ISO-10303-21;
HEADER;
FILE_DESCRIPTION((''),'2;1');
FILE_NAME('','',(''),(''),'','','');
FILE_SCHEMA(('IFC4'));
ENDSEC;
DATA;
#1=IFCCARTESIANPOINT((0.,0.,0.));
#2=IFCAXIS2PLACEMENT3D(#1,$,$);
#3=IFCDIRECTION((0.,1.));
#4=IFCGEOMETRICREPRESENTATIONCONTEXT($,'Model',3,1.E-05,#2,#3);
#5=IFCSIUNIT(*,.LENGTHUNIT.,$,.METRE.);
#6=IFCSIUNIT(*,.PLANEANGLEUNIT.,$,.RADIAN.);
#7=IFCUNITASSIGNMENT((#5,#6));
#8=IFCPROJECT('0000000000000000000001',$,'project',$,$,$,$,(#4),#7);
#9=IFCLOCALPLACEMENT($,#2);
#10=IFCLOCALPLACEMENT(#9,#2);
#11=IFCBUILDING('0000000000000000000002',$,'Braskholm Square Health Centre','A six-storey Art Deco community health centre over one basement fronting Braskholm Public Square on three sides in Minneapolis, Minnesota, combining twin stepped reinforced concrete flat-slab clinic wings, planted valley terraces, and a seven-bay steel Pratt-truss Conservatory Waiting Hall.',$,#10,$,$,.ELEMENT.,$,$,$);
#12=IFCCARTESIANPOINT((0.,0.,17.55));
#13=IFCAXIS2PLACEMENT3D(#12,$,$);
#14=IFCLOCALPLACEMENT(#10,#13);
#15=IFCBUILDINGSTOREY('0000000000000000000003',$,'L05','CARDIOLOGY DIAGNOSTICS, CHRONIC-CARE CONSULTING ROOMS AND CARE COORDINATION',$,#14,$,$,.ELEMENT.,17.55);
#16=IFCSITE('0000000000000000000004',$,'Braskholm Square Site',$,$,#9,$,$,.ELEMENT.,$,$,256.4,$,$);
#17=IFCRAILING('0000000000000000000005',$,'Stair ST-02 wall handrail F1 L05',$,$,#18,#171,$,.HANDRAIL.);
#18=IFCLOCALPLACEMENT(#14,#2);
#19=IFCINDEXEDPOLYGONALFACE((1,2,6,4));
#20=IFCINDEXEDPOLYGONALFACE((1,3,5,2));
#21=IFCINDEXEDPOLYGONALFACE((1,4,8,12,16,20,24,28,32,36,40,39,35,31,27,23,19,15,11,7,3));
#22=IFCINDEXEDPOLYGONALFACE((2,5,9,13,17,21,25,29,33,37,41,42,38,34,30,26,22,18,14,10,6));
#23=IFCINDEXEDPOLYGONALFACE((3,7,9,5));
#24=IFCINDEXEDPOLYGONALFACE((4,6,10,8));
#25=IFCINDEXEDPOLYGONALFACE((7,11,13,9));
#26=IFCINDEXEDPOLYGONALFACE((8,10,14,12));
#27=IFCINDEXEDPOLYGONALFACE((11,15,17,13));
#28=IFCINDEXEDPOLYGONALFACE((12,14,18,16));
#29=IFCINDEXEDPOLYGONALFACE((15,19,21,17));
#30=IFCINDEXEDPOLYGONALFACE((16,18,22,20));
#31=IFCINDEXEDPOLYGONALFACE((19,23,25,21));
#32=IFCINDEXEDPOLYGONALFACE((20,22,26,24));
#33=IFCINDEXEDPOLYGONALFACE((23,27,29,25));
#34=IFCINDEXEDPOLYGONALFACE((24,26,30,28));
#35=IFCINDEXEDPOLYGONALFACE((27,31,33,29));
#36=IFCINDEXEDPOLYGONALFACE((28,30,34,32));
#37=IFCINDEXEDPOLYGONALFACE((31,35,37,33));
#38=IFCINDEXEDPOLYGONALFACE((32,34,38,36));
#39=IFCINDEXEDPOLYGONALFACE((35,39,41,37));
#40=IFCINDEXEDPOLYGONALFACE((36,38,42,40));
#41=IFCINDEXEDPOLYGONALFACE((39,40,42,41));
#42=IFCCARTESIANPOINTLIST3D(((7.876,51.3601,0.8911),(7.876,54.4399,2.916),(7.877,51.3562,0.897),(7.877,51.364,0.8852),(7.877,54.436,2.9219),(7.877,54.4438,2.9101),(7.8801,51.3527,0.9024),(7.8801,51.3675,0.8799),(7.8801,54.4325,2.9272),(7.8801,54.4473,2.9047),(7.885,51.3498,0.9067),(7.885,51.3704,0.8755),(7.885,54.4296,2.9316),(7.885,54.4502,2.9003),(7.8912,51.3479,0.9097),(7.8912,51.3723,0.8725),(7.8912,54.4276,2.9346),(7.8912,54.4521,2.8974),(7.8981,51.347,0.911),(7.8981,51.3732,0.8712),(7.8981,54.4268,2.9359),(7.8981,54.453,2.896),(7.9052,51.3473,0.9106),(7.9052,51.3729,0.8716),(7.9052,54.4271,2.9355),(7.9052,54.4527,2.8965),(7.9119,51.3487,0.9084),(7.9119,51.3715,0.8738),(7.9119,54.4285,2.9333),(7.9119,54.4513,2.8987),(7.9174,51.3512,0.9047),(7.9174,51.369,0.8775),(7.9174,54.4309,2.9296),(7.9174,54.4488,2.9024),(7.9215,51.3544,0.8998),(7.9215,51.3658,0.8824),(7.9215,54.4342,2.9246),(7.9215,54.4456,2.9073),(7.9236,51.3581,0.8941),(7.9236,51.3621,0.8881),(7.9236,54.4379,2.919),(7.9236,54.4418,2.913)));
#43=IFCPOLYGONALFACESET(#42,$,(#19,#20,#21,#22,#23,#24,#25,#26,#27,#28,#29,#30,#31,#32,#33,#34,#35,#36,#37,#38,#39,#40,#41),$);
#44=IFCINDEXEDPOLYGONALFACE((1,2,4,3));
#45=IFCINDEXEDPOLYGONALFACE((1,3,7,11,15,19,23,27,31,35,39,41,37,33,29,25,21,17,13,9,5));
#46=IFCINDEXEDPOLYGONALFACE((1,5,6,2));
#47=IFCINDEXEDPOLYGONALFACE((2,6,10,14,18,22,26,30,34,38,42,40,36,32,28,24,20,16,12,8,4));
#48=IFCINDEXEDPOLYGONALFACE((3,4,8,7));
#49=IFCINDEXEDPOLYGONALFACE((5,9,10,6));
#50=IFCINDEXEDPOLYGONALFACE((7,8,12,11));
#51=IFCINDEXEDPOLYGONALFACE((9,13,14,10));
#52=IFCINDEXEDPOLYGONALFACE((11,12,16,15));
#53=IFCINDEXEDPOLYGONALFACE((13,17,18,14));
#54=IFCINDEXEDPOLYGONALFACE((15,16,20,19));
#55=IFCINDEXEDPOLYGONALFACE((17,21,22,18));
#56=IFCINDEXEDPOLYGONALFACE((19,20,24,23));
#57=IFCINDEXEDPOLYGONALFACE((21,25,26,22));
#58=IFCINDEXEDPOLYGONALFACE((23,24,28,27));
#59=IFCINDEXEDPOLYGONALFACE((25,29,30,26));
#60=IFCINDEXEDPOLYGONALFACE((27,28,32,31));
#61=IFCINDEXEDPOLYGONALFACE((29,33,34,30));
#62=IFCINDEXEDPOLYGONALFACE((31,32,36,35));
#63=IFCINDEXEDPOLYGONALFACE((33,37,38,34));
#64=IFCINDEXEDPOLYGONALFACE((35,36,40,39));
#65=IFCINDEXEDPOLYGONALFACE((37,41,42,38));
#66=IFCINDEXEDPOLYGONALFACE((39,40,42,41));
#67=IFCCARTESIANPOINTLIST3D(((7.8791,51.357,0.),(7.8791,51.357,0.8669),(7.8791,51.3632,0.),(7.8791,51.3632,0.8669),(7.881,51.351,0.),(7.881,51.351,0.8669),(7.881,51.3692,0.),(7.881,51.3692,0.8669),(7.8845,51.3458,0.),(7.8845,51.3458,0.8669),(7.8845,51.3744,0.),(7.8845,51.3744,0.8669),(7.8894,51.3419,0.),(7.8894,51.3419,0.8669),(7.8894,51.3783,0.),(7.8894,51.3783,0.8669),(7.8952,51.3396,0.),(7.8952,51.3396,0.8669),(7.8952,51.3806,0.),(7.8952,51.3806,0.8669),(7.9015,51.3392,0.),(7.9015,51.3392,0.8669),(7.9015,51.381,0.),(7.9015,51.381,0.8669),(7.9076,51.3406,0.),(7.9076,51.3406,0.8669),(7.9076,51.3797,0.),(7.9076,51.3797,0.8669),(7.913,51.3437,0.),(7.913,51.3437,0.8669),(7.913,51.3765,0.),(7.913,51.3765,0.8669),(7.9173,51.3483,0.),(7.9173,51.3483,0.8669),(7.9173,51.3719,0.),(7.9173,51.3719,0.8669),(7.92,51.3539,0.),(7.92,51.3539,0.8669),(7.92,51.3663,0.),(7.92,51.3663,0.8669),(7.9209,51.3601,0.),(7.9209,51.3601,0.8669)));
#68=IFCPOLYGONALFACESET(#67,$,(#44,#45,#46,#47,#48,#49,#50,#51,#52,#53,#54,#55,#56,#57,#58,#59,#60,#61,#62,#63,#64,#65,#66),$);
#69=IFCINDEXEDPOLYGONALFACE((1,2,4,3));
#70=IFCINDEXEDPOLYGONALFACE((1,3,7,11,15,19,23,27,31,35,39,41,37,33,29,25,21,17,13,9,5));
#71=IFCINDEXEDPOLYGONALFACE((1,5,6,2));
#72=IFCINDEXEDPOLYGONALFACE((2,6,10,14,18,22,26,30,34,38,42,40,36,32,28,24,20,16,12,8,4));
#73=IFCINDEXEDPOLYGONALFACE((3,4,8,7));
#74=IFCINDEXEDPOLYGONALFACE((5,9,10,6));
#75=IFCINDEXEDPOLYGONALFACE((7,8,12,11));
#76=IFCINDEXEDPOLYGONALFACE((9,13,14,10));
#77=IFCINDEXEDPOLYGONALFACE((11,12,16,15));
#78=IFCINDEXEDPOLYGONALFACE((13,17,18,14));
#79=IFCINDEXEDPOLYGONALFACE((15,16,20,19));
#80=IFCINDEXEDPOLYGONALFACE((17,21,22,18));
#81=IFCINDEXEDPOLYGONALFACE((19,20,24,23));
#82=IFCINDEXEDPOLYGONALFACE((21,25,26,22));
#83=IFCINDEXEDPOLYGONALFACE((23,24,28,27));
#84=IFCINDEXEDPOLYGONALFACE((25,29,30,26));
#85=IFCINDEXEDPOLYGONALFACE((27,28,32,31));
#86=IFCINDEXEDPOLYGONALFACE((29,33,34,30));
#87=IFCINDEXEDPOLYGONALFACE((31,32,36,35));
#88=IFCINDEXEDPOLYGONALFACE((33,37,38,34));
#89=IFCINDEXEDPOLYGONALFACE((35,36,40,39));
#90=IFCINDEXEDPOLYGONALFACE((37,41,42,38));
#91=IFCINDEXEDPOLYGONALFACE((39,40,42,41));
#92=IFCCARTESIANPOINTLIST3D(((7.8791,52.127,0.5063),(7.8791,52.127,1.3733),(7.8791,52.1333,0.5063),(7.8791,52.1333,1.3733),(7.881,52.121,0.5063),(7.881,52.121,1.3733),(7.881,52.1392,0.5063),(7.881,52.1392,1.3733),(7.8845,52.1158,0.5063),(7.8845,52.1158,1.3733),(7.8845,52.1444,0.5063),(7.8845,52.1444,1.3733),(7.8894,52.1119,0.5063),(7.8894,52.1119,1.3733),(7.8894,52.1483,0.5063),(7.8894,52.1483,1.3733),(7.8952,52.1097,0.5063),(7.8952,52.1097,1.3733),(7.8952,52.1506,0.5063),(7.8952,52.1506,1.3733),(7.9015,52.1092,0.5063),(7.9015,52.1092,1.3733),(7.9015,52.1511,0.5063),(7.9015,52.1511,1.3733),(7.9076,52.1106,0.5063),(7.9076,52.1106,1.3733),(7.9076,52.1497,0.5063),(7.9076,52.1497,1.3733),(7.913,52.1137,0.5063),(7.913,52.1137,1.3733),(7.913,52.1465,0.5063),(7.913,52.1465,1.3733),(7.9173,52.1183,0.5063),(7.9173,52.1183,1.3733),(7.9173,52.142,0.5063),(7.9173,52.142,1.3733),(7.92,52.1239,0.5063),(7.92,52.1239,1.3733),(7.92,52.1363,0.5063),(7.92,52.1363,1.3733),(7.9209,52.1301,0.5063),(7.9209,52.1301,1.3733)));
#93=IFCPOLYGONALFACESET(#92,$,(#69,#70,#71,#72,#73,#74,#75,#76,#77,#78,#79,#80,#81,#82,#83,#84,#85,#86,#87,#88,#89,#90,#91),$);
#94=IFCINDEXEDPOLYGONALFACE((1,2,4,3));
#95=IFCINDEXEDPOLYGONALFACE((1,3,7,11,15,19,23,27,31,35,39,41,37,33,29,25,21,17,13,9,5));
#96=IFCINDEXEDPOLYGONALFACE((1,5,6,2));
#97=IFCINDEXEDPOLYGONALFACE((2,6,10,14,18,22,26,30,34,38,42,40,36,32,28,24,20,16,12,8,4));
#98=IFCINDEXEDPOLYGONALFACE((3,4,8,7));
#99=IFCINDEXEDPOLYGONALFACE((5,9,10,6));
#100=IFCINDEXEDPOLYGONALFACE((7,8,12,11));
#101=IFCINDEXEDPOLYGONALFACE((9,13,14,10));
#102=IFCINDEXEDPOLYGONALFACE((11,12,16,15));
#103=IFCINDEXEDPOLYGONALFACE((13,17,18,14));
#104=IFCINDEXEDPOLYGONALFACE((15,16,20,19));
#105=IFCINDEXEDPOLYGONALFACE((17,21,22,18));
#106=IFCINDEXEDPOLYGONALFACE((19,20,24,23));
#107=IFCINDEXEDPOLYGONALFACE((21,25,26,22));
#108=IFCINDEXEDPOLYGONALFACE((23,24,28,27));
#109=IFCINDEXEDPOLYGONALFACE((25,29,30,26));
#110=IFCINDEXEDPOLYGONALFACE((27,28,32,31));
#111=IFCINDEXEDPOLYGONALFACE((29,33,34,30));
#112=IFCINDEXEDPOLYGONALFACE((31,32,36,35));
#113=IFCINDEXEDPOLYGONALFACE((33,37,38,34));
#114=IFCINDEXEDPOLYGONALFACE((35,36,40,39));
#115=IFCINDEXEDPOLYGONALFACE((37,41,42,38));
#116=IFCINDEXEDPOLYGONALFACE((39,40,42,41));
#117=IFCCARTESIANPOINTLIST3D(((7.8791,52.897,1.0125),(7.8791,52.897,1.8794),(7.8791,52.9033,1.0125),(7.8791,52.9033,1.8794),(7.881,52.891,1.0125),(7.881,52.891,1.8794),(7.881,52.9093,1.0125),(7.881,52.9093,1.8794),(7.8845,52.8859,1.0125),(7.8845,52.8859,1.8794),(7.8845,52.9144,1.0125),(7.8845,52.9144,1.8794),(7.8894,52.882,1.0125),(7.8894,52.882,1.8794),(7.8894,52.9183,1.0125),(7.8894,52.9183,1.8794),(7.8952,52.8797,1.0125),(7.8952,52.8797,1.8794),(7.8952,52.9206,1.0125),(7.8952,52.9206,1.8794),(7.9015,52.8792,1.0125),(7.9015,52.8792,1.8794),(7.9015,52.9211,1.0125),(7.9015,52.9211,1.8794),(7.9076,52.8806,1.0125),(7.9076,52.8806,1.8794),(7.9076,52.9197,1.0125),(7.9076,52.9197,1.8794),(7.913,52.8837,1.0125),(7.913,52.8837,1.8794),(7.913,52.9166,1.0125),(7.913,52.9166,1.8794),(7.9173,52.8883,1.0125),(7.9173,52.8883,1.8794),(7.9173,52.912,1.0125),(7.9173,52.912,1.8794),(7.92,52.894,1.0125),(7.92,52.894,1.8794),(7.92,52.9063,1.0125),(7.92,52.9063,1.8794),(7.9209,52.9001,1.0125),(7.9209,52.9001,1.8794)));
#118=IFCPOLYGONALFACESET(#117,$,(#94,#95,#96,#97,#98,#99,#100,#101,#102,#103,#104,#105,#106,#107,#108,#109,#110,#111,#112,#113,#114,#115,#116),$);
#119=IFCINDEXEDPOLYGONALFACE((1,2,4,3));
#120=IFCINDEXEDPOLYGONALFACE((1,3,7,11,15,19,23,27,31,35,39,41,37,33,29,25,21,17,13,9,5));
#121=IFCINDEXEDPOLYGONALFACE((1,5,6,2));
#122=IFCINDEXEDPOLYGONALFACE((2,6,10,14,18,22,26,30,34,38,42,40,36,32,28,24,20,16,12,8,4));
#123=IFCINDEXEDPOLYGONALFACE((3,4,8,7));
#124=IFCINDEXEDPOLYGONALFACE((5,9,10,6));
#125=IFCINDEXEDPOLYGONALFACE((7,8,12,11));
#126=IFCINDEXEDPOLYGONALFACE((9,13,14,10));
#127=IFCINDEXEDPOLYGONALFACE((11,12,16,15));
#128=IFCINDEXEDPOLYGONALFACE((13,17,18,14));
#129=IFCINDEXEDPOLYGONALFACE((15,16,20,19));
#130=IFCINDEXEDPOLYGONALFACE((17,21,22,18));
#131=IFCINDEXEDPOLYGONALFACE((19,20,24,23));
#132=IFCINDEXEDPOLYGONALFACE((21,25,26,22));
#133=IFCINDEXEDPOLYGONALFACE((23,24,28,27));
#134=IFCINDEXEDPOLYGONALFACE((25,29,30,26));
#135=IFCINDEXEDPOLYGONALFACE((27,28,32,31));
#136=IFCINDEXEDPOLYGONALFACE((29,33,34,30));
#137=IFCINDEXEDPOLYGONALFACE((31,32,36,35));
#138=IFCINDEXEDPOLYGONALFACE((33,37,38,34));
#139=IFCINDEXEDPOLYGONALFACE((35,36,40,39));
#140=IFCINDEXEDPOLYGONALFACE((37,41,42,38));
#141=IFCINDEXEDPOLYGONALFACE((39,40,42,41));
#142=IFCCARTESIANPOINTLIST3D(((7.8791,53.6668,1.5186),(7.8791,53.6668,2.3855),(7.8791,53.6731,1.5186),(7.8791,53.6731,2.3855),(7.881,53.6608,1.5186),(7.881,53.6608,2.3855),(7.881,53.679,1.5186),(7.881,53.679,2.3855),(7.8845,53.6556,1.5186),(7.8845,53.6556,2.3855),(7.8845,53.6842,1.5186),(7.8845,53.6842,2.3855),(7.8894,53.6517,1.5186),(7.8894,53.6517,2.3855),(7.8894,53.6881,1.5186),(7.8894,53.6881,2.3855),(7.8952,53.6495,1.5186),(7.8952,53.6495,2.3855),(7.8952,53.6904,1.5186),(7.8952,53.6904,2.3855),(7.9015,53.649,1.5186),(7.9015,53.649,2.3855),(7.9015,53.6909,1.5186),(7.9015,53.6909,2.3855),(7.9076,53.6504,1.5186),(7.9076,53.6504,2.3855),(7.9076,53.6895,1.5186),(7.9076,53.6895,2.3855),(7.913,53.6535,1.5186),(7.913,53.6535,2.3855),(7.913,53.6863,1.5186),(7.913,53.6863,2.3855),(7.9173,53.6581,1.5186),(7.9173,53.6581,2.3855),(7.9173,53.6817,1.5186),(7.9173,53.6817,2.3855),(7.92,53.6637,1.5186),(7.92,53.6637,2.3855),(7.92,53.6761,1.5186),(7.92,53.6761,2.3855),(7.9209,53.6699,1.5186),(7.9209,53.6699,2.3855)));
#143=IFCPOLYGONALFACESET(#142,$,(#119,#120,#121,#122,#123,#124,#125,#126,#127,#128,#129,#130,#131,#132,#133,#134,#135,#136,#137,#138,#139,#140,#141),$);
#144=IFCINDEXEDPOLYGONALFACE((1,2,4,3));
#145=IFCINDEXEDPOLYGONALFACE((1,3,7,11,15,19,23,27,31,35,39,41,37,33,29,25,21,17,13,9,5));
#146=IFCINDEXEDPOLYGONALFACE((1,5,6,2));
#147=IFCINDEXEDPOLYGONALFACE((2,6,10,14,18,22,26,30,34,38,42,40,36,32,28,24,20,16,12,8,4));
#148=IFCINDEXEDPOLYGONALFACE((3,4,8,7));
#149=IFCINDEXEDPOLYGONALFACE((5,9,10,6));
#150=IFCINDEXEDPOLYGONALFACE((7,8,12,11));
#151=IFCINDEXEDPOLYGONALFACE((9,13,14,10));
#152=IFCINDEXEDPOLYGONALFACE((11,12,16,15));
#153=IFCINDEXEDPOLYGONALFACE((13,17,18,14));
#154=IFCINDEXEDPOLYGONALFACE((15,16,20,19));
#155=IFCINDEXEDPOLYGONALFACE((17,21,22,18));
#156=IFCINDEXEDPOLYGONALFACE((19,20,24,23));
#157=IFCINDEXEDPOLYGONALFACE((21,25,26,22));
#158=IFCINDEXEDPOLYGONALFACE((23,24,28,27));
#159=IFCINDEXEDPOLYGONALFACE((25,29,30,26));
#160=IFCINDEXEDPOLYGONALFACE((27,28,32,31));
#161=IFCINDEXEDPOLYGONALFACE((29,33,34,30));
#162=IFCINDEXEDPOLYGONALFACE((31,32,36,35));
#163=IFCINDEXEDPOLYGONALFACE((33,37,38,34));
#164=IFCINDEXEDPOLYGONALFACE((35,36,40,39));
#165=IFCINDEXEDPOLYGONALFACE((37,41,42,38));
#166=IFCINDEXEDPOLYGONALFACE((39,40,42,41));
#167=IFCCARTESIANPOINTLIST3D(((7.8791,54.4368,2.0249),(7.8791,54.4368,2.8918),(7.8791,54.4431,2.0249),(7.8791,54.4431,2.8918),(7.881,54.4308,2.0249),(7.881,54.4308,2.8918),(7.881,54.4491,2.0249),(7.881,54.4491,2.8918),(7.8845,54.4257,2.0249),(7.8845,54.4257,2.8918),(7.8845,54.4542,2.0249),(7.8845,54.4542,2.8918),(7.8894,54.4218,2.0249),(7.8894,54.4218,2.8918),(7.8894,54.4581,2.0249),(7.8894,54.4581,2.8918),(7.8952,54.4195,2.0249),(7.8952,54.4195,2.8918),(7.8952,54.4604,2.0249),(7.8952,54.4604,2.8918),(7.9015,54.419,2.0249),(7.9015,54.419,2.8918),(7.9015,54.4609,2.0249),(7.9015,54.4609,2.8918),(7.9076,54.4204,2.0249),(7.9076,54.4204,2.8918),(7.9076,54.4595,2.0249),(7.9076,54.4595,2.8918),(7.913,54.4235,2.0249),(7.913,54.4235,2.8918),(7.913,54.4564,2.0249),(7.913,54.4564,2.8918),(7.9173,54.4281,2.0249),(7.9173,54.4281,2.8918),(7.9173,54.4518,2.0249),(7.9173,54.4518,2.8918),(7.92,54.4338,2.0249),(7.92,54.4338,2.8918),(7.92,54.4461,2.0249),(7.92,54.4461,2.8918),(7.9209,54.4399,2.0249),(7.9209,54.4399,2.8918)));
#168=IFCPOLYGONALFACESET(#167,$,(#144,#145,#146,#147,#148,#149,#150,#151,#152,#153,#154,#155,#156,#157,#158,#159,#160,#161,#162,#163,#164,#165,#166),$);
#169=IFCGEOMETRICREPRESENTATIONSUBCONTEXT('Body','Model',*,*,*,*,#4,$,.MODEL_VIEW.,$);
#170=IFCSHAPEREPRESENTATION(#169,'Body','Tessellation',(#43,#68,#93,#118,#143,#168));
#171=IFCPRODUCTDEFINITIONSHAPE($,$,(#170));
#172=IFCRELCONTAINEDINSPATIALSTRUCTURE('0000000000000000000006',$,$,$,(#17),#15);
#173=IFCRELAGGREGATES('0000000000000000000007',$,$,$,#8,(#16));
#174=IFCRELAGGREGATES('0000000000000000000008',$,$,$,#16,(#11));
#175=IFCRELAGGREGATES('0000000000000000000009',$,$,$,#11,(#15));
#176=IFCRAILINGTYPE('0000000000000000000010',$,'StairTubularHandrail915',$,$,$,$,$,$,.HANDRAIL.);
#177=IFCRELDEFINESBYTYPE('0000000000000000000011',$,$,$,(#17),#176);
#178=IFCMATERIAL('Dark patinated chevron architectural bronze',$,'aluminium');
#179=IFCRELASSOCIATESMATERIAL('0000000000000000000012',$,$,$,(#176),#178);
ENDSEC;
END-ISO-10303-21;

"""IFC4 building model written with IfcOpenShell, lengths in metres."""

from ifc_helpers import new_model, si_unit, direction, frame, origin, origin_2d, place, context, subcontext, project, spatial, circle, extrude, material, type_object, element, save


model = new_model("IFC4")

# Units and contexts
model_context = context("Model", 3, precision=1e-05, world=origin(), true_north=direction((0.0, 1.0)))
body_context = subcontext(model_context, "Body", "Model", "MODEL_VIEW")
ifc_project = project(units=[si_unit("LENGTHUNIT", "METRE"), si_unit("PLANEANGLEUNIT", "RADIAN")], contexts=[model_context])

# Site, building, storey
site_placement = place(None, origin())
site = spatial("IfcSite", under=ifc_project, at=site_placement, Name="Braskholm Square Site", CompositionType="ELEMENT", RefElevation=256.4)
building_placement = place(site_placement, origin())
building = spatial("IfcBuilding", under=site, at=building_placement, Name="Braskholm Square Health Centre", Description="A six-storey Art Deco community health centre over one basement fronting Braskholm Public Square on three sides in Minneapolis, Minnesota, combining twin stepped reinforced concrete flat-slab clinic wings, planted valley terraces, and a seven-bay steel Pratt-truss Conservatory Waiting Hall.", CompositionType="ELEMENT")
storey_placement = place(building_placement, frame((0.0, 0.0, 17.55)))
storey = spatial("IfcBuildingStorey", under=building, at=storey_placement, Name="L05", Description="CARDIOLOGY DIAGNOSTICS, CHRONIC-CARE CONSULTING ROOMS AND CARE COORDINATION", CompositionType="ELEMENT", Elevation=17.55)

# Railing
ifc_material_1 = material(Name="Dark patinated chevron architectural bronze", Category="aluminium")
railing_type = type_object("IfcRailingType", Name="StairTubularHandrail915", PredefinedType="HANDRAIL", material=ifc_material_1)
railing_placement = place(storey_placement, frame((7.8999, 51.3601, 0.0)))
element("IfcRailing", 1, at=railing_placement, inside=storey, type_object=railing_type, Name="Stair ST-02 wall handrail F1 L05", PredefinedType="HANDRAIL", context=body_context, shape_type="SweptSolid", body=[
    extrude(circle(Radius=0.0239, at=origin_2d()), frame((0.0, 0.0, 0.8911), z_axis=(0.0, 0.83558, 0.54937), x_axis=(-1.0, 0.0, 0.0)), (0.0, 0.0, 1.0), 3.6858),
    extrude(circle(Radius=0.021, at=origin_2d()), origin(), (0.0, 0.0, 1.0), 0.8669),
    extrude(circle(Radius=0.021, at=origin_2d()), frame((0.0, 0.77, 0.5063)), (0.0, 0.0, 1.0), 0.8669),
    extrude(circle(Radius=0.021, at=origin_2d()), frame((0.0, 1.54, 1.0125)), (0.0, 0.0, 1.0), 0.8669),
    extrude(circle(Radius=0.021, at=origin_2d()), frame((0.0, 2.3098, 1.5186)), (0.0, 0.0, 1.0), 0.8669),
    extrude(circle(Radius=0.021, at=origin_2d()), frame((0.0, 3.0798, 2.0249)), (0.0, 0.0, 1.0), 0.8669),
])

save(model, "model.ifc")
